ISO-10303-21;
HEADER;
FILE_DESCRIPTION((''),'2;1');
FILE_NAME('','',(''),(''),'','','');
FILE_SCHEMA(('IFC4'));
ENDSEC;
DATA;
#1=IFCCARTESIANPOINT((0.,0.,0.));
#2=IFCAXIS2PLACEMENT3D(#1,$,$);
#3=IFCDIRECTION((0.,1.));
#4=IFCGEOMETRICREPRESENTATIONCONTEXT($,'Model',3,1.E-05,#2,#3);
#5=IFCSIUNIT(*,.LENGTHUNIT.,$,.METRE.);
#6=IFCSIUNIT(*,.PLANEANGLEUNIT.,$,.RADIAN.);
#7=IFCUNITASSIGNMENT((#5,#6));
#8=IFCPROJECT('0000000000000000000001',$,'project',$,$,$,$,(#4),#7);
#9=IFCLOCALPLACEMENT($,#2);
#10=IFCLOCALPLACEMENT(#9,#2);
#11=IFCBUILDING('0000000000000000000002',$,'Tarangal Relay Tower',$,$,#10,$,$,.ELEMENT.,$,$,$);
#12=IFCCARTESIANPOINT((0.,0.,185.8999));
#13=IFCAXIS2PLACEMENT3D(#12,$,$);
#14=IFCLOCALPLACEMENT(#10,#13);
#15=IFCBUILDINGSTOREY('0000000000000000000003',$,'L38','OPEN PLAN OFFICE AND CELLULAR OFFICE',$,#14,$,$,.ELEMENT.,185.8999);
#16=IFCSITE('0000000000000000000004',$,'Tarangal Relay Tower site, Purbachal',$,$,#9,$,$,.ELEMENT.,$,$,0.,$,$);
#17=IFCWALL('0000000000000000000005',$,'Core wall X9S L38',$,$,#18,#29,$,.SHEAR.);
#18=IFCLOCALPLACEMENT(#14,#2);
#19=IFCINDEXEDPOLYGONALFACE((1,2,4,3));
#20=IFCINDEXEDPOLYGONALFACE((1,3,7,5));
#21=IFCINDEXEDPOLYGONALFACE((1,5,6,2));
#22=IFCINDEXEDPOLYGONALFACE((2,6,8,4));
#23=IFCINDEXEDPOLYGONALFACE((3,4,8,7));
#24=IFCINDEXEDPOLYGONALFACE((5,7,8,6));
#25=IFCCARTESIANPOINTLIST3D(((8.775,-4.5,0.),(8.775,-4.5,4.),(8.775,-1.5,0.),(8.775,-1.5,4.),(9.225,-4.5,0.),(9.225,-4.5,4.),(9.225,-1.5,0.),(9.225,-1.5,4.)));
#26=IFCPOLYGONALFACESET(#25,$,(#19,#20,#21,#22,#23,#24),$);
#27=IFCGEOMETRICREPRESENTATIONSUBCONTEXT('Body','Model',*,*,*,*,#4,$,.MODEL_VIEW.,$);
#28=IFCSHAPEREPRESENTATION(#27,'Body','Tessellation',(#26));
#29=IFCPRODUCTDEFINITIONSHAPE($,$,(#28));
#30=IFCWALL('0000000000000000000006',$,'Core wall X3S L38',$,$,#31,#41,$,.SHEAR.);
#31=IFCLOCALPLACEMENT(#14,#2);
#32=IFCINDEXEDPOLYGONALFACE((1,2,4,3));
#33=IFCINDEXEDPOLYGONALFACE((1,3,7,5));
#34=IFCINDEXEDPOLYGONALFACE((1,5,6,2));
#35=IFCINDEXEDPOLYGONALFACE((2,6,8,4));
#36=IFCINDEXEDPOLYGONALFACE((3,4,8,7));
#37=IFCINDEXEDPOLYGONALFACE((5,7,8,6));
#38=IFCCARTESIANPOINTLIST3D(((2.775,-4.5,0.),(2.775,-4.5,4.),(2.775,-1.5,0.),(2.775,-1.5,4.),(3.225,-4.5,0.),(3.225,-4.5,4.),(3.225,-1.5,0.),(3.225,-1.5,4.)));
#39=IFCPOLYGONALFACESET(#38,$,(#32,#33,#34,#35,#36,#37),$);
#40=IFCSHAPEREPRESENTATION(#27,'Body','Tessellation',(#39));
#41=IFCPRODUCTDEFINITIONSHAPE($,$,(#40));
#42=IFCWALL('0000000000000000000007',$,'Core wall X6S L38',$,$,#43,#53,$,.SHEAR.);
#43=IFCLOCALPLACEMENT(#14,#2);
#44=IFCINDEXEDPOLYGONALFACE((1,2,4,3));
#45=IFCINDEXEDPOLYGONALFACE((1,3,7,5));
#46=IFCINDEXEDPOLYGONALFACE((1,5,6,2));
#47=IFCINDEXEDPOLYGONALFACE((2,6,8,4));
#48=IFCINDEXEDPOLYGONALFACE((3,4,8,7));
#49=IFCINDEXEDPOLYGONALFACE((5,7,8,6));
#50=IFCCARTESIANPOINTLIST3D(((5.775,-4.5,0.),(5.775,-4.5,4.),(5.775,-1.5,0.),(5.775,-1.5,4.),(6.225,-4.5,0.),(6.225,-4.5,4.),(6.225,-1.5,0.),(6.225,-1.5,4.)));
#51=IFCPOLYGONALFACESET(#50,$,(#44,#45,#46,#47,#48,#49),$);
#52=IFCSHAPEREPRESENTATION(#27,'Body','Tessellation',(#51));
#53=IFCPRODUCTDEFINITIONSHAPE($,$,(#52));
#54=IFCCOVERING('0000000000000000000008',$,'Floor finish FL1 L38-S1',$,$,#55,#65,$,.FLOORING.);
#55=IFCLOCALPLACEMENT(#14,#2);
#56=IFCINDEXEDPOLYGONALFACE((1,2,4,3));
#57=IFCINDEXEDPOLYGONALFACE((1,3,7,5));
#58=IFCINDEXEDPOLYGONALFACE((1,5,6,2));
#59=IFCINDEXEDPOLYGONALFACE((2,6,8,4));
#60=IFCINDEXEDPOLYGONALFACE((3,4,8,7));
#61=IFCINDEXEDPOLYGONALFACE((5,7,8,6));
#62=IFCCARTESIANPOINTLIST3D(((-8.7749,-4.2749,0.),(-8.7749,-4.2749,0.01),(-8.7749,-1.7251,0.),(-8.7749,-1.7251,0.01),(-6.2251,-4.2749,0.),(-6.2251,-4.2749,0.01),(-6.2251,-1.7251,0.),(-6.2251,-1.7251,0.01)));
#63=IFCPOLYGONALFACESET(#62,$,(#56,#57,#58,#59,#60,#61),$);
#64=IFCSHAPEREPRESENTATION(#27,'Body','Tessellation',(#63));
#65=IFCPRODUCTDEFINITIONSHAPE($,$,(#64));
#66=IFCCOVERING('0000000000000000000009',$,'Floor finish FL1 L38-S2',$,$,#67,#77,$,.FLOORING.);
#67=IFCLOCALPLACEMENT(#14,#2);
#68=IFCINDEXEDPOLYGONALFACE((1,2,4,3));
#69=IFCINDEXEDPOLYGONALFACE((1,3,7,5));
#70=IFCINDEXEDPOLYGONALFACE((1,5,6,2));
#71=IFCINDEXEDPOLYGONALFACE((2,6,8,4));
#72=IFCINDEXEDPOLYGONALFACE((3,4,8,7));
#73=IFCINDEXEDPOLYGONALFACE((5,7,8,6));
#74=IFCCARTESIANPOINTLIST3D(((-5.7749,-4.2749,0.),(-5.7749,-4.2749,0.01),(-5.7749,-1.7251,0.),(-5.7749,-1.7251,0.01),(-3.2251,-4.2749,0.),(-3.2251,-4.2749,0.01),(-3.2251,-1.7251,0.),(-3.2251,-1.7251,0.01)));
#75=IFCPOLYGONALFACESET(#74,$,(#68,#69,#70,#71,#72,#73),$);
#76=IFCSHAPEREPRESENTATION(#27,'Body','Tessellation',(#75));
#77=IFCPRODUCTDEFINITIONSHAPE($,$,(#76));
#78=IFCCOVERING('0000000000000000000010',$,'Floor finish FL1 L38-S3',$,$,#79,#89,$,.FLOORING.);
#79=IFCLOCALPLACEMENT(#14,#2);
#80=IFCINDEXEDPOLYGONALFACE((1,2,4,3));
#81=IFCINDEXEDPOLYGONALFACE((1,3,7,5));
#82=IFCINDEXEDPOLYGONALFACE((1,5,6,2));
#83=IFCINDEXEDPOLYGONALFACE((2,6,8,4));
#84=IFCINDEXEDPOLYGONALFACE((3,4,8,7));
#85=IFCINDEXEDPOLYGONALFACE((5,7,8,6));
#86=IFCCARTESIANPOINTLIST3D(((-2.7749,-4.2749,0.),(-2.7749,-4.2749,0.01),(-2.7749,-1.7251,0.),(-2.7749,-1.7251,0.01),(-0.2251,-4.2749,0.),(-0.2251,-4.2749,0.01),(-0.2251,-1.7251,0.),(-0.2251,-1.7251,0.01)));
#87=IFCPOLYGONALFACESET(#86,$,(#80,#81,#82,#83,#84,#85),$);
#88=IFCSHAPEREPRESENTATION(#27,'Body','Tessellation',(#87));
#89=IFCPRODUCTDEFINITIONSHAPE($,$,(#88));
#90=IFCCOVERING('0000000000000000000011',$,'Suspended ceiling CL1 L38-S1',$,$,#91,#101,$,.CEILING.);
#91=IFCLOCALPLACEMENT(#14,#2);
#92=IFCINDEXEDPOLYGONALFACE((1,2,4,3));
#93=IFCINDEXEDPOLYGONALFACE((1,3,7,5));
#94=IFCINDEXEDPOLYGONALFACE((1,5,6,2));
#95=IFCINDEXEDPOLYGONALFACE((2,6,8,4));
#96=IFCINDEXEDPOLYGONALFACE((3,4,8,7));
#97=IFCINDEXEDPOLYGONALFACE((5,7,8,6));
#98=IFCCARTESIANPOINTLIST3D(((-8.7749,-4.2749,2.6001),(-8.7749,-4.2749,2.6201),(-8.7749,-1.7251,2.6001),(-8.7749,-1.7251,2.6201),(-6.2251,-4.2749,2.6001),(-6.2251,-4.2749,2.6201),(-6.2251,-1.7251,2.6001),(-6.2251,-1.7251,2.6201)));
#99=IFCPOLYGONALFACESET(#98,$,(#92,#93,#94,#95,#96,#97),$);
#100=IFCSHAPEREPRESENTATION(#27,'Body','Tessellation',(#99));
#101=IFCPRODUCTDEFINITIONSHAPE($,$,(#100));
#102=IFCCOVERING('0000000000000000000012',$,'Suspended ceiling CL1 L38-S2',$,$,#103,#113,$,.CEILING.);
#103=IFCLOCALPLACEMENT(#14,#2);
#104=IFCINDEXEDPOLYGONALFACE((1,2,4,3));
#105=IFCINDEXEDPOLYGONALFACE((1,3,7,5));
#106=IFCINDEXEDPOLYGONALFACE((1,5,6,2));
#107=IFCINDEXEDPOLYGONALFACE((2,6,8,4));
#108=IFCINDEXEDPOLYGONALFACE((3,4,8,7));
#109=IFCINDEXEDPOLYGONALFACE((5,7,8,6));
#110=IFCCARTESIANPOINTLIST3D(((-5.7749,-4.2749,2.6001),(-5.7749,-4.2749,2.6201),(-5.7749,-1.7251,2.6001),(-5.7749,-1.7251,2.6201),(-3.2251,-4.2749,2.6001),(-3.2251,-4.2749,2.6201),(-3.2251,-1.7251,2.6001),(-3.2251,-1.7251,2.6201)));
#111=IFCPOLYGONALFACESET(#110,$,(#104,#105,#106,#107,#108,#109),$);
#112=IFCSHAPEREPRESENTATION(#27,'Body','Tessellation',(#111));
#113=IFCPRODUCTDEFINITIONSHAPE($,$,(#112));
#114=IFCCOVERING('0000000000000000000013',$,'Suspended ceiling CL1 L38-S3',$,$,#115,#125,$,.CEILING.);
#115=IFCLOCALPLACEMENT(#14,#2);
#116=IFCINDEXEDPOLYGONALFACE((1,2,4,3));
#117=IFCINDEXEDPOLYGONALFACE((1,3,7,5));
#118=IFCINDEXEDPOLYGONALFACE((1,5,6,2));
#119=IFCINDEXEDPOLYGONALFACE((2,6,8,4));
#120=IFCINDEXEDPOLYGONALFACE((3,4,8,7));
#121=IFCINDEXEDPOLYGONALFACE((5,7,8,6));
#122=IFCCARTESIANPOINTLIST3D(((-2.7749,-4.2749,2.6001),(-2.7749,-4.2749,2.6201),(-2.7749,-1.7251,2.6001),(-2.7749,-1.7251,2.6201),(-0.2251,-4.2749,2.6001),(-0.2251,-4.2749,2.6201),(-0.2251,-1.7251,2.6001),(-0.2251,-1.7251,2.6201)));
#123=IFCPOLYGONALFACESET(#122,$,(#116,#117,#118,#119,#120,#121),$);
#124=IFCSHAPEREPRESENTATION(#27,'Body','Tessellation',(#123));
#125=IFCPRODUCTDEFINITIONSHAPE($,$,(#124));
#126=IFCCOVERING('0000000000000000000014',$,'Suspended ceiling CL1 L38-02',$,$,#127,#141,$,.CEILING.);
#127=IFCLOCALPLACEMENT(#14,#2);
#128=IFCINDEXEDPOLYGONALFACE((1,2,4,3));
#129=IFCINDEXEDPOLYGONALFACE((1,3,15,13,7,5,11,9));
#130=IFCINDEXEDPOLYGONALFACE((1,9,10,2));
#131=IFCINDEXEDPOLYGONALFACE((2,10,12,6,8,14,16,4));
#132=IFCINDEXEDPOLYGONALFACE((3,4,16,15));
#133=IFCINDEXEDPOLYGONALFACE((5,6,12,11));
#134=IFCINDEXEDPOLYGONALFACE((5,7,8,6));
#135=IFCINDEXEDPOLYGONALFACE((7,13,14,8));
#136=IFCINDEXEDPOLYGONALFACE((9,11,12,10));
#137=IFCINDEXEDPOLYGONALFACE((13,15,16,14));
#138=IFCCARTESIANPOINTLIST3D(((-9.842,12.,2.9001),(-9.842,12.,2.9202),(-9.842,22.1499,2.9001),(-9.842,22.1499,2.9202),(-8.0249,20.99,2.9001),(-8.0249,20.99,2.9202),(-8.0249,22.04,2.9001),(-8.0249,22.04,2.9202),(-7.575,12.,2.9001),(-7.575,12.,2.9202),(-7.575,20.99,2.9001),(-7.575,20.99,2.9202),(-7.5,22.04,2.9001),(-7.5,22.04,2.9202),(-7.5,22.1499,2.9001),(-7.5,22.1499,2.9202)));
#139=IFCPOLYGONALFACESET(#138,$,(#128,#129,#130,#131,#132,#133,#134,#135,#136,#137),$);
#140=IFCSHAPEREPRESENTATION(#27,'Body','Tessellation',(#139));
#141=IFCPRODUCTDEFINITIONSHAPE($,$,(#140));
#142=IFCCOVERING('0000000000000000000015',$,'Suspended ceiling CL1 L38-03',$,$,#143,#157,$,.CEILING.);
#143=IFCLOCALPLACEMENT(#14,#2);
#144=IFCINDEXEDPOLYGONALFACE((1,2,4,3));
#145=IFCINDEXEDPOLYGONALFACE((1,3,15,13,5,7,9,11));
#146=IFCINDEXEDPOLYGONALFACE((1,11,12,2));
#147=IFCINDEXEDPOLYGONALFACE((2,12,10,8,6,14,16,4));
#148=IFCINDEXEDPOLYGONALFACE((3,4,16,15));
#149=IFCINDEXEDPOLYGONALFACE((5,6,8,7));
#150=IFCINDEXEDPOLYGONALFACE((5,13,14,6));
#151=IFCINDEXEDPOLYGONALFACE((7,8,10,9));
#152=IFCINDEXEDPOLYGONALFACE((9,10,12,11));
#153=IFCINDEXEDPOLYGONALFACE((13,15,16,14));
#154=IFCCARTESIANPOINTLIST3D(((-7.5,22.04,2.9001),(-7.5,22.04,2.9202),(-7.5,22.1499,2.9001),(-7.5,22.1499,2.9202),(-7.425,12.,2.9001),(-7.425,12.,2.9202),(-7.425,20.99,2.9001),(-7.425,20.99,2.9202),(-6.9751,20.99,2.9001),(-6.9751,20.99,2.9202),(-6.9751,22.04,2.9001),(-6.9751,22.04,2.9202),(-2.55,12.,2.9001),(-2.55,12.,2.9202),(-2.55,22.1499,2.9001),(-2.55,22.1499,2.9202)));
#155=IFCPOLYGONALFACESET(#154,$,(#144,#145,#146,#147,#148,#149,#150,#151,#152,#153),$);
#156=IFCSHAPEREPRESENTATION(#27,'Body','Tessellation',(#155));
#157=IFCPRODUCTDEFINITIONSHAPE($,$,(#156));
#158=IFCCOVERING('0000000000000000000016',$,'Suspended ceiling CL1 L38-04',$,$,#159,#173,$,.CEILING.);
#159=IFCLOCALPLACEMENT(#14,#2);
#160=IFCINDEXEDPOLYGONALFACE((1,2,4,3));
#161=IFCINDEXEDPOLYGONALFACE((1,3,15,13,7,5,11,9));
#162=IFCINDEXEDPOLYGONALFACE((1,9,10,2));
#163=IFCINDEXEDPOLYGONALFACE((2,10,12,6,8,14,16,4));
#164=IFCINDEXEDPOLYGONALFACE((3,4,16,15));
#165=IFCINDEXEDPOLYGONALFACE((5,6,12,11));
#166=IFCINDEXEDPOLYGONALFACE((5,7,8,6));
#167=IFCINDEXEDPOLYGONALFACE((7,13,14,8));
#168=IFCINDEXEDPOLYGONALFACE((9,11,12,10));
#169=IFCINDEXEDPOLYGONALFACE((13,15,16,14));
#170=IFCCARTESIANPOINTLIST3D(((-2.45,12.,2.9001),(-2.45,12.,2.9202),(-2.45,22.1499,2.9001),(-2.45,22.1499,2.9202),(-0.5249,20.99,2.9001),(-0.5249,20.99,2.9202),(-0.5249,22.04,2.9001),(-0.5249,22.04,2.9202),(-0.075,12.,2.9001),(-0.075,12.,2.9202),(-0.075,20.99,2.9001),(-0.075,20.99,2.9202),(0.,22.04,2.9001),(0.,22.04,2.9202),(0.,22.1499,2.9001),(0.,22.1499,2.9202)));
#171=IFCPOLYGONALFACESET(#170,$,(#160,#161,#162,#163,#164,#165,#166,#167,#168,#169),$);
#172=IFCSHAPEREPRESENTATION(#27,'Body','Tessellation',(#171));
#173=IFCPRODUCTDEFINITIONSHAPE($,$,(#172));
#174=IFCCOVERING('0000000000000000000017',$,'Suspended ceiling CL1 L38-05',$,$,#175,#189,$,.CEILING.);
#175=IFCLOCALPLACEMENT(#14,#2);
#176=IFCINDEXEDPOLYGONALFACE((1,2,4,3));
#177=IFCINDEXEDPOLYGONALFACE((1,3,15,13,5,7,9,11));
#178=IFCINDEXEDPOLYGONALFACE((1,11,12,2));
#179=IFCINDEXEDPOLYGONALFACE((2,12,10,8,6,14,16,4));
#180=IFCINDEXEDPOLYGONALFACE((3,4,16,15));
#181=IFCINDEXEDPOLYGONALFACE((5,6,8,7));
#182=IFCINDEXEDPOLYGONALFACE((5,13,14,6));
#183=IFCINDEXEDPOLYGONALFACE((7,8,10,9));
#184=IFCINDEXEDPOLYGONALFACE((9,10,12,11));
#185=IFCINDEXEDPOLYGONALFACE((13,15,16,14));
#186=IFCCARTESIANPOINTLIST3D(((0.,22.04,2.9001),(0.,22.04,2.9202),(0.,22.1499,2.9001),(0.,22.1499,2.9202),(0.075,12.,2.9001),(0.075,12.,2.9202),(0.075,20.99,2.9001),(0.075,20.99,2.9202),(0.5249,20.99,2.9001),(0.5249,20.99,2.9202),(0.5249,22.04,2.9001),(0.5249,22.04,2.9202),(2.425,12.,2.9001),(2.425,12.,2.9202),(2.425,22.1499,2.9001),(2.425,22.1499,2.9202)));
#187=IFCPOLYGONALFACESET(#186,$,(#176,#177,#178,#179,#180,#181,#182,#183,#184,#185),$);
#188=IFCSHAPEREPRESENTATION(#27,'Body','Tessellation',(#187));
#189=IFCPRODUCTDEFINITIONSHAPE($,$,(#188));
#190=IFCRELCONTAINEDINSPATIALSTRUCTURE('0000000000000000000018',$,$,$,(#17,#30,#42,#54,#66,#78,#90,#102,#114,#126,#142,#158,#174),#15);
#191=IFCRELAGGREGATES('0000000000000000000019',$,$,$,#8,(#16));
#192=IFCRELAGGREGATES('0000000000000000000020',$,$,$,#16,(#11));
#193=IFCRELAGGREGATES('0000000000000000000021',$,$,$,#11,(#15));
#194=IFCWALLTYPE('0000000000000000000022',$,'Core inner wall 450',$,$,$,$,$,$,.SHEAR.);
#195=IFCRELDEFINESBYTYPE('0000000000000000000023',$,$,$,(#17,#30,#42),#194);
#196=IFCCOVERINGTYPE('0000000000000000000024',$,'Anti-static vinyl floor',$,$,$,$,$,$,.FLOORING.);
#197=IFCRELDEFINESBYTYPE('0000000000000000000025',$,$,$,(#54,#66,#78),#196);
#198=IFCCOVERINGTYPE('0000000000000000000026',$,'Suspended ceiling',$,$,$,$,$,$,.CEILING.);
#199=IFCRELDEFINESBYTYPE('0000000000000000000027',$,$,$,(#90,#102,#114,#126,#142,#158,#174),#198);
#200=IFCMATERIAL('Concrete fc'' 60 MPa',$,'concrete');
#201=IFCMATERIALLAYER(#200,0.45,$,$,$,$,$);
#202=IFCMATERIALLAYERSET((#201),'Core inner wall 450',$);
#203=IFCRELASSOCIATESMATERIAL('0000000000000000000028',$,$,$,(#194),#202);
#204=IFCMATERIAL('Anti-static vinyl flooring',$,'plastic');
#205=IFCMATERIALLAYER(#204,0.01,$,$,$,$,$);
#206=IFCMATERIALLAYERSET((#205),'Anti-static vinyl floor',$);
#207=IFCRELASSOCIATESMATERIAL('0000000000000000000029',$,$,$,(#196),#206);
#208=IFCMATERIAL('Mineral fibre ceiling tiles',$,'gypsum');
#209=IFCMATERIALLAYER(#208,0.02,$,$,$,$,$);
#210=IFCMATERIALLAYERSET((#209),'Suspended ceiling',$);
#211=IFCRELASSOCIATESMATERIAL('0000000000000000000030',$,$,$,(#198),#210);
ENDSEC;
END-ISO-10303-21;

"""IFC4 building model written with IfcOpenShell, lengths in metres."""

from ifc_helpers import new_model, si_unit, direction, frame, frame_2d, origin, place, context, subcontext, project, spatial, polyline, rectangle, outline, extrude, material, layer, layer_set, type_object, element, save


model = new_model("IFC4")

# Units and contexts
model_context = context("Model", 3, precision=1e-05, world=origin(), true_north=direction((0.0, 1.0)))
body_context = subcontext(model_context, "Body", "Model", "MODEL_VIEW")
ifc_project = project(units=[si_unit("LENGTHUNIT", "METRE"), si_unit("PLANEANGLEUNIT", "RADIAN")], contexts=[model_context])

# Site, building, storey
site_placement = place(None, origin())
site = spatial("IfcSite", under=ifc_project, at=site_placement, Name="Tarangal Relay Tower site, Purbachal", CompositionType="ELEMENT", RefElevation=0.0)
building_placement = place(site_placement, origin())
building = spatial("IfcBuilding", under=site, at=building_placement, Name="Tarangal Relay Tower", CompositionType="ELEMENT")
storey_placement = place(building_placement, frame((0.0, 0.0, 185.8999)))
storey = spatial("IfcBuildingStorey", under=building, at=storey_placement, Name="L38", Description="OPEN PLAN OFFICE AND CELLULAR OFFICE", CompositionType="ELEMENT", Elevation=185.8999)

# Walls
ifc_material_1 = material(Name="Concrete fc' 60 MPa", Category="concrete")
ifc_layer_1 = layer(ifc_material_1, 0.45)
ifc_layer_set_1 = layer_set([ifc_layer_1], Name="Core inner wall 450")
wall_type_1 = type_object("IfcWallType", Name="Core inner wall 450", PredefinedType="SHEAR", material=ifc_layer_set_1)
for number, where, z_axis, x_axis, name in (
    (1, (9.0, -4.5, 0.0), (0.0, 0.0, 1.0), (0.0, 1.0, 0.0), "Core wall X9S L38"),
    (2, (3.0, -4.5, 0.0), (0.0, 0.0, 1.0), (0.0, 1.0, 0.0), "Core wall X3S L38"),
    (3, (6.0, -4.5, 0.0), (0.0, 0.0, 1.0), (0.0, 1.0, 0.0), "Core wall X6S L38"),
):
    element("IfcWall", number, at=place(storey_placement, frame(where, z_axis=z_axis, x_axis=x_axis)), inside=storey, type_object=wall_type_1, Name=name, PredefinedType="SHEAR", context=body_context, shape_type="SweptSolid", body=[
        extrude(rectangle(XDim=3.0, YDim=0.45, at=frame_2d((1.5, 0.0))), origin(), (0.0, 0.0, 1.0), 4.0),
    ])

# Coverings
ifc_material_2 = material(Name="Anti-static vinyl flooring", Category="plastic")
ifc_layer_2 = layer(ifc_material_2, 0.01)
ifc_layer_set_2 = layer_set([ifc_layer_2], Name="Anti-static vinyl floor")
covering_type_1 = type_object("IfcCoveringType", Name="Anti-static vinyl floor", PredefinedType="FLOORING", material=ifc_layer_set_2)
covering_1_placement = place(storey_placement, origin())
element("IfcCovering", 4, at=covering_1_placement, inside=storey, type_object=covering_type_1, Name="Floor finish FL1 L38-S1", PredefinedType="FLOORING", context=body_context, shape_type="SweptSolid", body=[
    extrude(outline(polyline([(-8.7749, -4.2749), (-6.2251, -4.2749), (-6.2251, -1.7251), (-8.7749, -1.7251), (-8.7749, -4.2749)])), origin(), (0.0, 0.0, 1.0), 0.01),
])
covering_2_placement = place(storey_placement, origin())
element("IfcCovering", 5, at=covering_2_placement, inside=storey, type_object=covering_type_1, Name="Floor finish FL1 L38-S2", PredefinedType="FLOORING", context=body_context, shape_type="SweptSolid", body=[
    extrude(outline(polyline([(-5.7749, -4.2749), (-3.2251, -4.2749), (-3.2251, -1.7251), (-5.7749, -1.7251), (-5.7749, -4.2749)])), origin(), (0.0, 0.0, 1.0), 0.01),
])
covering_3_placement = place(storey_placement, origin())
element("IfcCovering", 6, at=covering_3_placement, inside=storey, type_object=covering_type_1, Name="Floor finish FL1 L38-S3", PredefinedType="FLOORING", context=body_context, shape_type="SweptSolid", body=[
    extrude(outline(polyline([(-2.7749, -4.2749), (-0.2251, -4.2749), (-0.2251, -1.7251), (-2.7749, -1.7251), (-2.7749, -4.2749)])), origin(), (0.0, 0.0, 1.0), 0.01),
])
ifc_material_3 = material(Name="Mineral fibre ceiling tiles", Category="gypsum")
ifc_layer_3 = layer(ifc_material_3, 0.02)
ifc_layer_set_3 = layer_set([ifc_layer_3], Name="Suspended ceiling")
covering_type_2 = type_object("IfcCoveringType", Name="Suspended ceiling", PredefinedType="CEILING", material=ifc_layer_set_3)
covering_4_placement = place(storey_placement, frame((0.0, 0.0, 2.6001)))
element("IfcCovering", 7, at=covering_4_placement, inside=storey, type_object=covering_type_2, Name="Suspended ceiling CL1 L38-S1", PredefinedType="CEILING", context=body_context, shape_type="SweptSolid", body=[
    extrude(outline(polyline([(-8.7749, -4.2749), (-6.2251, -4.2749), (-6.2251, -1.7251), (-8.7749, -1.7251), (-8.7749, -4.2749)])), origin(), (0.0, 0.0, 1.0), 0.02),
])
covering_5_placement = place(storey_placement, frame((0.0, 0.0, 2.6001)))
element("IfcCovering", 8, at=covering_5_placement, inside=storey, type_object=covering_type_2, Name="Suspended ceiling CL1 L38-S2", PredefinedType="CEILING", context=body_context, shape_type="SweptSolid", body=[
    extrude(outline(polyline([(-5.7749, -4.2749), (-3.2251, -4.2749), (-3.2251, -1.7251), (-5.7749, -1.7251), (-5.7749, -4.2749)])), origin(), (0.0, 0.0, 1.0), 0.02),
])
covering_6_placement = place(storey_placement, frame((0.0, 0.0, 2.6001)))
element("IfcCovering", 9, at=covering_6_placement, inside=storey, type_object=covering_type_2, Name="Suspended ceiling CL1 L38-S3", PredefinedType="CEILING", context=body_context, shape_type="SweptSolid", body=[
    extrude(outline(polyline([(-2.7749, -4.2749), (-0.2251, -4.2749), (-0.2251, -1.7251), (-2.7749, -1.7251), (-2.7749, -4.2749)])), origin(), (0.0, 0.0, 1.0), 0.02),
])
covering_7_placement = place(storey_placement, frame((0.0, 0.0, 2.9001)))
element("IfcCovering", 10, at=covering_7_placement, inside=storey, type_object=covering_type_2, Name="Suspended ceiling CL1 L38-02", PredefinedType="CEILING", context=body_context, shape_type="SweptSolid", body=[
    extrude(outline(polyline([(-7.575, 20.99), (-8.0249, 20.99), (-8.0249, 22.04), (-7.5, 22.04), (-7.5, 22.1499), (-9.842, 22.1499), (-9.842, 12.0), (-7.575, 12.0), (-7.575, 20.99)])), origin(), (0.0, 0.0, 1.0), 0.02),
])
covering_8_placement = place(storey_placement, frame((0.0, 0.0, 2.9001)))
element("IfcCovering", 11, at=covering_8_placement, inside=storey, type_object=covering_type_2, Name="Suspended ceiling CL1 L38-03", PredefinedType="CEILING", context=body_context, shape_type="SweptSolid", body=[
    extrude(outline(polyline([(-7.425, 12.0), (-2.55, 12.0), (-2.55, 22.1499), (-7.5, 22.1499), (-7.5, 22.04), (-6.9751, 22.04), (-6.9751, 20.99), (-7.425, 20.99), (-7.425, 12.0)])), origin(), (0.0, 0.0, 1.0), 0.02),
])
covering_9_placement = place(storey_placement, frame((0.0, 0.0, 2.9001)))
element("IfcCovering", 12, at=covering_9_placement, inside=storey, type_object=covering_type_2, Name="Suspended ceiling CL1 L38-04", PredefinedType="CEILING", context=body_context, shape_type="SweptSolid", body=[
    extrude(outline(polyline([(-0.075, 20.99), (-0.5249, 20.99), (-0.5249, 22.04), (0.0, 22.04), (0.0, 22.1499), (-2.45, 22.1499), (-2.45, 12.0), (-0.075, 12.0), (-0.075, 20.99)])), origin(), (0.0, 0.0, 1.0), 0.02),
])
covering_10_placement = place(storey_placement, frame((0.0, 0.0, 2.9001)))
element("IfcCovering", 13, at=covering_10_placement, inside=storey, type_object=covering_type_2, Name="Suspended ceiling CL1 L38-05", PredefinedType="CEILING", context=body_context, shape_type="SweptSolid", body=[
    extrude(outline(polyline([(0.075, 12.0), (2.425, 12.0), (2.425, 22.1499), (0.0, 22.1499), (0.0, 22.04), (0.5249, 22.04), (0.5249, 20.99), (0.075, 20.99), (0.075, 12.0)])), origin(), (0.0, 0.0, 1.0), 0.02),
])

save(model, "model.ifc")
